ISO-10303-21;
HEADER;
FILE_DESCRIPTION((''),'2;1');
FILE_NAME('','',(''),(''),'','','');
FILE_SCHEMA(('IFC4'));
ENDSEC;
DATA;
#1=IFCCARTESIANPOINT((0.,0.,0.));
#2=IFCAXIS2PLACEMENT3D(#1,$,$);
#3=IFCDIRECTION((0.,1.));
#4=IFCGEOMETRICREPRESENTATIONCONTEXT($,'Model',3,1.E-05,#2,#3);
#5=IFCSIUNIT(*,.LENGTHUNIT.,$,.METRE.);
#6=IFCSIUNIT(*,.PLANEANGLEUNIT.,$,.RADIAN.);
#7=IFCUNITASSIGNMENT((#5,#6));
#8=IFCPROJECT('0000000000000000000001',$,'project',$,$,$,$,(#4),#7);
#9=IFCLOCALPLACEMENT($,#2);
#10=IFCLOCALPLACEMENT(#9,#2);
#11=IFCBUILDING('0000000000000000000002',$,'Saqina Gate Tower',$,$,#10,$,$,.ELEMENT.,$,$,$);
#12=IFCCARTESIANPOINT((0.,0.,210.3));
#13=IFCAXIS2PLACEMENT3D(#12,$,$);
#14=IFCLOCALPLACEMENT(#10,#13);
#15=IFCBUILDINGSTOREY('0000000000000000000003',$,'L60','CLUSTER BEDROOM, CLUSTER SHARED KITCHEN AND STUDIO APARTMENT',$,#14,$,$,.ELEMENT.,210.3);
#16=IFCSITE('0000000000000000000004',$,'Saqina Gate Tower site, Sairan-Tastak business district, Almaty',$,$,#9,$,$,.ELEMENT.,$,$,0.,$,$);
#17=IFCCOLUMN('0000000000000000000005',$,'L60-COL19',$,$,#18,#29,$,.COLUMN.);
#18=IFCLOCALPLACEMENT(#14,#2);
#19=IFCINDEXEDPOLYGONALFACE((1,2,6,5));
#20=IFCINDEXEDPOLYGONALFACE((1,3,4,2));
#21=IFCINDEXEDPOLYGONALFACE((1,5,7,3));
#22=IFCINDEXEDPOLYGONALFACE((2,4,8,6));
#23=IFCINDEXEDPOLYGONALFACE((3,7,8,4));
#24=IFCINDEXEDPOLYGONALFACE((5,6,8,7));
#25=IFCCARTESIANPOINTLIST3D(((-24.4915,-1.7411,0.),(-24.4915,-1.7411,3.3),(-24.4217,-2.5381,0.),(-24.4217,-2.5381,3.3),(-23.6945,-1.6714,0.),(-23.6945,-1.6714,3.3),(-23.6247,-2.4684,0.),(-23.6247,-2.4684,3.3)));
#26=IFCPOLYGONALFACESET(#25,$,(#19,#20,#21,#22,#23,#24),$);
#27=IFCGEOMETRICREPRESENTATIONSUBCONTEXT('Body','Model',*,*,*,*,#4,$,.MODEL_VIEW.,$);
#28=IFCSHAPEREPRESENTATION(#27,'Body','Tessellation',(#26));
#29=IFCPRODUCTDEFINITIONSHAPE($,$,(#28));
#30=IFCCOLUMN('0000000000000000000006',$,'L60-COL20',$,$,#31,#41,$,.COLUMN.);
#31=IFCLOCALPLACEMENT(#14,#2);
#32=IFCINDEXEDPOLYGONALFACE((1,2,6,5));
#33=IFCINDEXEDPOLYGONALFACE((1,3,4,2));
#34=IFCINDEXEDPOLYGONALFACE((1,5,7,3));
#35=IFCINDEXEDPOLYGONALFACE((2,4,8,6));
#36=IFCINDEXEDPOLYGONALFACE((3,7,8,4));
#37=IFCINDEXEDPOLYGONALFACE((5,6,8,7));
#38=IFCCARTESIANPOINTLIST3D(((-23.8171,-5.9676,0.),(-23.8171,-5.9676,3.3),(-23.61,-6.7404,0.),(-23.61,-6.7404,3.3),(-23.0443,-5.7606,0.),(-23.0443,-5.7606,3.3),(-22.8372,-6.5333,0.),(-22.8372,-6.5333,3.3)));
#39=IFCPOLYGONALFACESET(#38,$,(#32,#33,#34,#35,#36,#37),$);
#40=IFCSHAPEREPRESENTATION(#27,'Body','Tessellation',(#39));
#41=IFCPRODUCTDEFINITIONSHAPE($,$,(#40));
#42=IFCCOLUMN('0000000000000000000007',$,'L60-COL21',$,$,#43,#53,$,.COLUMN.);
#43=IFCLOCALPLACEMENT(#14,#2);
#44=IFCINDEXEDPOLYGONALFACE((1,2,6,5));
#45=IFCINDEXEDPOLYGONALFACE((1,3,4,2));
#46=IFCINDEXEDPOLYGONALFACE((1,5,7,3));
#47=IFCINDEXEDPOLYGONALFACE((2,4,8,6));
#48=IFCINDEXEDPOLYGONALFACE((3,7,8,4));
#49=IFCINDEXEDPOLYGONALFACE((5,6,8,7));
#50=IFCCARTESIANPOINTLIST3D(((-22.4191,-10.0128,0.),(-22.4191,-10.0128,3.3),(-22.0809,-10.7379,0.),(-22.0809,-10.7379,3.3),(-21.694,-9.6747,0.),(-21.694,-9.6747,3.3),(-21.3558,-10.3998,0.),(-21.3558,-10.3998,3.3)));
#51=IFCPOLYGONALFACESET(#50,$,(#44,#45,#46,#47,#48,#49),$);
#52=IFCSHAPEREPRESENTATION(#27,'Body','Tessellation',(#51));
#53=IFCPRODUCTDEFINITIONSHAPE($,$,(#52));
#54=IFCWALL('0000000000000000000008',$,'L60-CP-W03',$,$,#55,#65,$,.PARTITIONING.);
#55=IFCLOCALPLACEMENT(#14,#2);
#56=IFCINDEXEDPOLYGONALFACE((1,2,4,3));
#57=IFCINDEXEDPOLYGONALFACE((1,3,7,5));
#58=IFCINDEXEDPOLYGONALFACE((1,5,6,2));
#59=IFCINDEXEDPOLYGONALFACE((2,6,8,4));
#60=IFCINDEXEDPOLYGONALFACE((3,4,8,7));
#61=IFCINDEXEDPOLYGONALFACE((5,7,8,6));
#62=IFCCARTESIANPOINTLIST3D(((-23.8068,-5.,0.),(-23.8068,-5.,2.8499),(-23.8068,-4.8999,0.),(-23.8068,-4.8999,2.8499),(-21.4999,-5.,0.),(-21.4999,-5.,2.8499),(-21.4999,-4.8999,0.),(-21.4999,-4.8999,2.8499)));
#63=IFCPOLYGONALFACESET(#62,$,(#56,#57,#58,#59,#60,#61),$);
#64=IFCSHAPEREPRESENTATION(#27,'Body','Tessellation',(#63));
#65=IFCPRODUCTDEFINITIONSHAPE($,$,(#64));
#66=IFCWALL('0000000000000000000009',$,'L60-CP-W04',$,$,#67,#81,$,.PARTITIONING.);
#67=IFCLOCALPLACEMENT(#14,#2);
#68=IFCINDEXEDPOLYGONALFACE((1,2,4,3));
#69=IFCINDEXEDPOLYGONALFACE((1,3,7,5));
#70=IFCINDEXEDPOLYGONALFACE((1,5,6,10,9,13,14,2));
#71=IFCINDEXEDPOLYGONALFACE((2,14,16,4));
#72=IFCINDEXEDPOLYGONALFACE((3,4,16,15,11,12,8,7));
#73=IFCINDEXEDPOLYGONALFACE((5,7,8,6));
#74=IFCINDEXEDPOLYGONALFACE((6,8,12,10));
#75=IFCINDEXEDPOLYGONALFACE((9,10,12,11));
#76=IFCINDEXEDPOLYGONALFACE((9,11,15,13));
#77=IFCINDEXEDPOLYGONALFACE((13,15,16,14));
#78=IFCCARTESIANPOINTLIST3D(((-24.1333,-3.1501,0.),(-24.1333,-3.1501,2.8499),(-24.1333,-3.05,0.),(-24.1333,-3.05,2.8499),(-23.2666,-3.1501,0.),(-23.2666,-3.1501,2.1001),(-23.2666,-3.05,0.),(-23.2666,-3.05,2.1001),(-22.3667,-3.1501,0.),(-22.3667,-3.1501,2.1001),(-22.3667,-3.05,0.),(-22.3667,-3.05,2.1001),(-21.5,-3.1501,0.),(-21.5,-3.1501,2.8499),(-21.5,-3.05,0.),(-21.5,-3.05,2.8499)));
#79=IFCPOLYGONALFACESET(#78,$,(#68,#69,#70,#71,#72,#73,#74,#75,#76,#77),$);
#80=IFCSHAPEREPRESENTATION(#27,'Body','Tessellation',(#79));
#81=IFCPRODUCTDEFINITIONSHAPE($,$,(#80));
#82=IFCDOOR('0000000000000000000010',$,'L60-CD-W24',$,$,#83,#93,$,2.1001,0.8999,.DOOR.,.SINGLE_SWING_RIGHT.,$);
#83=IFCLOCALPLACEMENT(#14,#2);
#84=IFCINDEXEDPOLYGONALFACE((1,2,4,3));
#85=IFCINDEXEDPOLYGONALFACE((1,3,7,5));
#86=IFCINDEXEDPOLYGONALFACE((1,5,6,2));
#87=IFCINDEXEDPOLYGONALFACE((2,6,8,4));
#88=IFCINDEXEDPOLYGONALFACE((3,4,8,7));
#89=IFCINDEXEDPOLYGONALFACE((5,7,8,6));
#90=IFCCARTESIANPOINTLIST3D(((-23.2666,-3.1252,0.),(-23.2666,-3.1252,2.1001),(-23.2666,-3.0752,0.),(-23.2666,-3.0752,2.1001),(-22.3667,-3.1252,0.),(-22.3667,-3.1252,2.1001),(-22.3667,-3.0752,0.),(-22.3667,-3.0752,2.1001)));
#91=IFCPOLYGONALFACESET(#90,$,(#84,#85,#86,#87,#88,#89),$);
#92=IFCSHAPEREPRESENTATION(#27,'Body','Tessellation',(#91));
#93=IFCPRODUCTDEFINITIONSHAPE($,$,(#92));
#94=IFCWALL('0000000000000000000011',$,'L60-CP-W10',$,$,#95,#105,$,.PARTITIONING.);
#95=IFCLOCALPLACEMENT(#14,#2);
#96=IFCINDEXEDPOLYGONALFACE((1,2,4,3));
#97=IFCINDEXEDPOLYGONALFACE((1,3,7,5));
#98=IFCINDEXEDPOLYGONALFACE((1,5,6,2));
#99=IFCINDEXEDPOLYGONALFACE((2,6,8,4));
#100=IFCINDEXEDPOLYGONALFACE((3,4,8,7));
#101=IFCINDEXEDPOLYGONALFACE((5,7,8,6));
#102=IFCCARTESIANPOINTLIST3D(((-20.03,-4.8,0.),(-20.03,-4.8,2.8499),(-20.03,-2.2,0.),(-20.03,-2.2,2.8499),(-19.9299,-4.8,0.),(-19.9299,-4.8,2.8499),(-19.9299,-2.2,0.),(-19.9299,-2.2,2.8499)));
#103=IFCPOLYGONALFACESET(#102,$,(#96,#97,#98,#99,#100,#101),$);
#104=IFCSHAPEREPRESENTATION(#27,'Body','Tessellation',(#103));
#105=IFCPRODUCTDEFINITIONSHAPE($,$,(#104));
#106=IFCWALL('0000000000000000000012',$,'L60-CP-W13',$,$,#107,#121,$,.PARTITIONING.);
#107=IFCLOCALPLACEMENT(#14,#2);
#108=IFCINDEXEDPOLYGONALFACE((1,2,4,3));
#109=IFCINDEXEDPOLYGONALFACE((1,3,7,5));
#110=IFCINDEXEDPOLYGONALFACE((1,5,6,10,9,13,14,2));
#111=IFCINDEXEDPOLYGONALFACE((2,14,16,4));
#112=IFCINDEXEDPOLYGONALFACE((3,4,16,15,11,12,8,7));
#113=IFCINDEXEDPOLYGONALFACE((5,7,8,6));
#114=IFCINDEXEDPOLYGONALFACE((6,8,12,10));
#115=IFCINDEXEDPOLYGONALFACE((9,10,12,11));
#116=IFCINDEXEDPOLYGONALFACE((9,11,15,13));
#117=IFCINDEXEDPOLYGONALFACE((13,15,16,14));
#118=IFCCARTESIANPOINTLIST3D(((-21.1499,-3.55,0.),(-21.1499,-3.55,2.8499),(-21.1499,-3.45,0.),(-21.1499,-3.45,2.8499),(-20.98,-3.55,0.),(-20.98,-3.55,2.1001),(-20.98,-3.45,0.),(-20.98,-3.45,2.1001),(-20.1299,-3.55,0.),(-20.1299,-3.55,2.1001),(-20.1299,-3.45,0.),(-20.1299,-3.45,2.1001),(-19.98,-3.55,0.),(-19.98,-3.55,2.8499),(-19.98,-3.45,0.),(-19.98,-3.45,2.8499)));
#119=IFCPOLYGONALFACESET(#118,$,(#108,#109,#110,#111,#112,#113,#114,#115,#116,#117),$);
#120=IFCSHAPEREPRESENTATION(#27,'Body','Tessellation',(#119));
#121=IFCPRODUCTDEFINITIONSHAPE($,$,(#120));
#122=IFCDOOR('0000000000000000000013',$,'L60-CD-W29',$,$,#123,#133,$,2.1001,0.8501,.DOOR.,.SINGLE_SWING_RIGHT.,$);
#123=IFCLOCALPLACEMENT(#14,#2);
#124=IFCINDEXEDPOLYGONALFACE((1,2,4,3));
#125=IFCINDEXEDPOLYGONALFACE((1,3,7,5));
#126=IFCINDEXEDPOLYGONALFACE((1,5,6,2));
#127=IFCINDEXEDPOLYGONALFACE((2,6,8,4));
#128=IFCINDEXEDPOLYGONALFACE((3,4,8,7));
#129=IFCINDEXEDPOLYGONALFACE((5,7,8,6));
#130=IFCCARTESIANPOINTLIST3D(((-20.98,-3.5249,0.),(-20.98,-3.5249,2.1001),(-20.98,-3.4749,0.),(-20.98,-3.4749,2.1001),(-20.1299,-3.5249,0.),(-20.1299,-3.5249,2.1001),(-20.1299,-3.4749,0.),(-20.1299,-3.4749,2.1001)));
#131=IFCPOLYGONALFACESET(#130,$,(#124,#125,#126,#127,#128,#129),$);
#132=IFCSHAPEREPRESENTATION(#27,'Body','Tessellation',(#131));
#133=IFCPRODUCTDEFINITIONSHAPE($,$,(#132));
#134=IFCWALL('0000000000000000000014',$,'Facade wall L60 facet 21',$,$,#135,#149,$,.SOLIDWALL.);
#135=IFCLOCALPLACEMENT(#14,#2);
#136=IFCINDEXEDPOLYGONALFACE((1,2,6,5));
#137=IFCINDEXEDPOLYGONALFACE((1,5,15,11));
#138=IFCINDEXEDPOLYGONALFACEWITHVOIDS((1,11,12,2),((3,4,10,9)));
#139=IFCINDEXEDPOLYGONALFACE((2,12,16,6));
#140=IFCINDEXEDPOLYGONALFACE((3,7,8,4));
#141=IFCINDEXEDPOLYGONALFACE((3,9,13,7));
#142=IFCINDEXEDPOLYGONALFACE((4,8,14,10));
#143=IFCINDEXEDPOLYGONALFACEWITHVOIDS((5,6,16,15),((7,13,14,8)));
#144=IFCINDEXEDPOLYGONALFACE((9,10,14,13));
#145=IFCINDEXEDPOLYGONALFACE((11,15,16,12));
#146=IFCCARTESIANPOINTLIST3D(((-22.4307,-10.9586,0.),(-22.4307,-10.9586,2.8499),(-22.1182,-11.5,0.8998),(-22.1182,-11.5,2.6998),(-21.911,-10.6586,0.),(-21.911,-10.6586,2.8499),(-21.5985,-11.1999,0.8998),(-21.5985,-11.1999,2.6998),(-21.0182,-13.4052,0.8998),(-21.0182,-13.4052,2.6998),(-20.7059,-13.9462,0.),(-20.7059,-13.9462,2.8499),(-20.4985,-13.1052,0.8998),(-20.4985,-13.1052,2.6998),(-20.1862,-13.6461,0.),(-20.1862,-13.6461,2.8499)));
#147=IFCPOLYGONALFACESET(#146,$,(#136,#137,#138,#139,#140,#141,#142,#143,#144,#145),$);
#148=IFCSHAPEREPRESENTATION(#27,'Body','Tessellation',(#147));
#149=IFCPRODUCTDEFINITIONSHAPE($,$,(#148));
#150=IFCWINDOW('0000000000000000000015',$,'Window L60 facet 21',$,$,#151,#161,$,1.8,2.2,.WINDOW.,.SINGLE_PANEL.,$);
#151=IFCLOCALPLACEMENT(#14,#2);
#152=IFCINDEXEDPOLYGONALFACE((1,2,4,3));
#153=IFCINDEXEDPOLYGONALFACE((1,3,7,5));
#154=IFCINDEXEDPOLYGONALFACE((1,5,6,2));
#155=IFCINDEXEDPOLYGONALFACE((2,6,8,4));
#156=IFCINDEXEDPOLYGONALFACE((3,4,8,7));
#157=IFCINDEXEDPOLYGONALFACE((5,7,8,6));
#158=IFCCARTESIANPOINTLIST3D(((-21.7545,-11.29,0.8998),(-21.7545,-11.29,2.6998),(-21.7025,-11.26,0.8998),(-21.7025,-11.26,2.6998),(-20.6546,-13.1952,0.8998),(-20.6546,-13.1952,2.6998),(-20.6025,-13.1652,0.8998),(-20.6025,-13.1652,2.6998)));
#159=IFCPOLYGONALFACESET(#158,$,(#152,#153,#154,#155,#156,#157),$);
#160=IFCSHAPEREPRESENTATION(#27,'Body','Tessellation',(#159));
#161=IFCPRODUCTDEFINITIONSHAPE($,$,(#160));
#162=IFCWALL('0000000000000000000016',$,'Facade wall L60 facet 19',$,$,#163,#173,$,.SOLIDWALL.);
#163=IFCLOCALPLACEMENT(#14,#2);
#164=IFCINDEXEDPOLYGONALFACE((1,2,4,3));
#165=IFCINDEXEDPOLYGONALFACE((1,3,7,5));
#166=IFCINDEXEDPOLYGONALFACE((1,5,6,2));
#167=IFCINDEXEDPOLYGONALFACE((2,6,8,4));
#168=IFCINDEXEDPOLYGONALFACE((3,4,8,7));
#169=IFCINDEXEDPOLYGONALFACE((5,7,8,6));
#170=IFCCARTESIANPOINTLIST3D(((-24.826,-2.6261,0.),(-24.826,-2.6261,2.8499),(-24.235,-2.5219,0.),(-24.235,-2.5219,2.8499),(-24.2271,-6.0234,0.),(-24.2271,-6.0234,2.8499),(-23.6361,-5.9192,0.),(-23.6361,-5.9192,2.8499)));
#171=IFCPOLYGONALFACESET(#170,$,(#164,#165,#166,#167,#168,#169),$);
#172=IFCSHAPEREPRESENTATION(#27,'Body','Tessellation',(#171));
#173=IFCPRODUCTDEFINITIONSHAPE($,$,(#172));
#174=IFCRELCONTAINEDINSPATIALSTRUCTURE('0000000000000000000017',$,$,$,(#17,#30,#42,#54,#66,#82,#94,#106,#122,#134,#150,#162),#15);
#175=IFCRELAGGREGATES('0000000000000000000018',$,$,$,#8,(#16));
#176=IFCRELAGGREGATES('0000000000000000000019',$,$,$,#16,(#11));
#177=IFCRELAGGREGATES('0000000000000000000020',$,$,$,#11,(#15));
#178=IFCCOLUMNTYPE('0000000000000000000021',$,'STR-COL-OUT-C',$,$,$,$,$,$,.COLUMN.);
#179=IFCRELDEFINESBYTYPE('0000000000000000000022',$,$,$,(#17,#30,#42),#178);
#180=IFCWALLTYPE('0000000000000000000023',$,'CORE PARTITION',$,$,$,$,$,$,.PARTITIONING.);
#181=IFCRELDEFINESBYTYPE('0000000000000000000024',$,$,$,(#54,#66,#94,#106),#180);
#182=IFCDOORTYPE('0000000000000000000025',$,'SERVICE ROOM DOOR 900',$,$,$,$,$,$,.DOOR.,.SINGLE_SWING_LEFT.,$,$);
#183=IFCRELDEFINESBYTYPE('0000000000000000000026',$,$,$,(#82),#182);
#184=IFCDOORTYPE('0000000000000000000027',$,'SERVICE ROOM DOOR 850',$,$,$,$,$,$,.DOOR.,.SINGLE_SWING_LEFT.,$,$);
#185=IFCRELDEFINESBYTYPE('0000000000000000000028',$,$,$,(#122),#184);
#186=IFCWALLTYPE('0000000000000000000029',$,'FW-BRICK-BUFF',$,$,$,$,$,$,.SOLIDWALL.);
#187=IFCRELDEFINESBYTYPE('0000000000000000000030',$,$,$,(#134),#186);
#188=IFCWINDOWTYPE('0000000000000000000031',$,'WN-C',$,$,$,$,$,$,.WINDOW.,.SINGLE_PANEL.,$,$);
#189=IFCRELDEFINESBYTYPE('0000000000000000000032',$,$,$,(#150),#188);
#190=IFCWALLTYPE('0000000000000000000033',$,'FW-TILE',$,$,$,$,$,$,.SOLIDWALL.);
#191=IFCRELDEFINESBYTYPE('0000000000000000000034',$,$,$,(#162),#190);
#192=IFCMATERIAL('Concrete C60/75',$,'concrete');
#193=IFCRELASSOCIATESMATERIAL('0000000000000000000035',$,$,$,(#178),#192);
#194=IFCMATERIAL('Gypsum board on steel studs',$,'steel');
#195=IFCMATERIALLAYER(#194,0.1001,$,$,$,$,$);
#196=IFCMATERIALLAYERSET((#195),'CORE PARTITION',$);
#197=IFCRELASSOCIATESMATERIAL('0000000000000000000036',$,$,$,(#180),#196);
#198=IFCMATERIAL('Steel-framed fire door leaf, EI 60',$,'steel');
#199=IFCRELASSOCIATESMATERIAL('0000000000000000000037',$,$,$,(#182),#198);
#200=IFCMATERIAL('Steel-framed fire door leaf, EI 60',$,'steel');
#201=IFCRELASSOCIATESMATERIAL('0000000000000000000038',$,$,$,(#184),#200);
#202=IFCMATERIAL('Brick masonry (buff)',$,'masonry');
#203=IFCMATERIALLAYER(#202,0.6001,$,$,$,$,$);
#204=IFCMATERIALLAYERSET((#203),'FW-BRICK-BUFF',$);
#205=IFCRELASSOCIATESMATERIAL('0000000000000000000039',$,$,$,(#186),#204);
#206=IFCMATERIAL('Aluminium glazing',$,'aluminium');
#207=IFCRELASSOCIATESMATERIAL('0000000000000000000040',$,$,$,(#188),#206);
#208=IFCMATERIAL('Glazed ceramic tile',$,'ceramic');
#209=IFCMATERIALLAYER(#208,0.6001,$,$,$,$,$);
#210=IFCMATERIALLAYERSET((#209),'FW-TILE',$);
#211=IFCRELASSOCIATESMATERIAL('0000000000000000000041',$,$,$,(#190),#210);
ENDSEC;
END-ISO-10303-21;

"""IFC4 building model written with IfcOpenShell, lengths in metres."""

from ifc_helpers import new_model, si_unit, direction, frame, frame_2d, origin, origin_2d, place, context, subcontext, project, spatial, rectangle, extrude, material, layer, layer_set, material_profile, profile_set, type_object, element, fill, save


model = new_model("IFC4")

# Units and contexts
model_context = context("Model", 3, precision=1e-05, world=origin(), true_north=direction((0.0, 1.0)))
body_context = subcontext(model_context, "Body", "Model", "MODEL_VIEW")
ifc_project = project(units=[si_unit("LENGTHUNIT", "METRE"), si_unit("PLANEANGLEUNIT", "RADIAN")], contexts=[model_context])

# Site, building, storey
site_placement = place(None, origin())
site = spatial("IfcSite", under=ifc_project, at=site_placement, Name="Saqina Gate Tower site, Sairan-Tastak business district, Almaty", CompositionType="ELEMENT", RefElevation=0.0)
building_placement = place(site_placement, origin())
building = spatial("IfcBuilding", under=site, at=building_placement, Name="Saqina Gate Tower", CompositionType="ELEMENT")
storey_placement = place(building_placement, frame((0.0, 0.0, 210.3)))
storey = spatial("IfcBuildingStorey", under=building, at=storey_placement, Name="L60", Description="CLUSTER BEDROOM, CLUSTER SHARED KITCHEN AND STUDIO APARTMENT", CompositionType="ELEMENT", Elevation=210.3)

# Columns
ifc_material_1 = material(Name="Concrete C60/75", Category="concrete")
ifc_material_profile = material_profile(ifc_material_1, rectangle(XDim=0.8, YDim=0.8, at=origin_2d()), Name="RC 800x800")
ifc_profile_set = profile_set([ifc_material_profile], Name="Concrete C60/75")
column_type = type_object("IfcColumnType", Name="STR-COL-OUT-C", PredefinedType="COLUMN", material=ifc_profile_set)
for number, where, z_axis, x_axis, name in (
    (1, (-24.0581, -2.1047, 0.0), (0.0, 0.0, 1.0), (-0.996195, -0.087156, 0.0), "L60-COL19"),
    (2, (-23.3271, -6.2505, 0.0), (0.0, 0.0, 1.0), (-0.965926, -0.258819, 0.0), "L60-COL20"),
    (3, (-21.8875, -10.2063, 0.0), (0.0, 0.0, 1.0), (-0.906308, -0.422618, 0.0), "L60-COL21"),
):
    element("IfcColumn", number, at=place(storey_placement, frame(where, z_axis=z_axis, x_axis=x_axis)), inside=storey, type_object=column_type, Name=name, PredefinedType="COLUMN", context=body_context, shape_type="SweptSolid", body=[
        extrude(rectangle(XDim=0.8, YDim=0.8, at=origin_2d()), origin(), (0.0, 0.0, 1.0), 3.3),
    ])

# Wall
ifc_material_2 = material(Name="Gypsum board on steel studs", Category="steel")
ifc_layer_1 = layer(ifc_material_2, 0.1001)
ifc_layer_set_1 = layer_set([ifc_layer_1], Name="CORE PARTITION")
wall_type_1 = type_object("IfcWallType", Name="CORE PARTITION", PredefinedType="PARTITIONING", material=ifc_layer_set_1)
wall_1_placement = place(storey_placement, frame((-21.5, -4.95, 0.0), z_axis=(0.0, 0.0, 1.0), x_axis=(-1.0, 0.0, 0.0)))
element("IfcWall", 4, at=wall_1_placement, inside=storey, type_object=wall_type_1, Name="L60-CP-W03", PredefinedType="PARTITIONING", context=body_context, shape_type="SweptSolid", body=[
    extrude(rectangle(XDim=2.3069, YDim=0.1001, at=frame_2d((1.1533, 0.0))), origin(), (0.0, 0.0, 1.0), 2.8499),
])

# Wall, opening, door
wall_2_placement = place(storey_placement, frame((-21.5, -3.1001, 0.0), z_axis=(0.0, 0.0, 1.0), x_axis=(-1.0, 0.0, 0.0)))
wall_2 = element("IfcWall", 5, at=wall_2_placement, inside=storey, type_object=wall_type_1, Name="L60-CP-W04", PredefinedType="PARTITIONING", context=body_context, shape_type="SweptSolid", body=[
    extrude(rectangle(XDim=2.6333, YDim=0.1001, at=frame_2d((1.3167, 0.0))), origin(), (0.0, 0.0, 1.0), 2.8499),
])
opening_1_placement = place(wall_2_placement, frame((0.8667, 0.0, 0.0)))
opening_1 = element("IfcOpeningElement", 6, at=opening_1_placement, cuts=wall_2, PredefinedType="OPENING", context=body_context, shape_type="SweptSolid", body=[
    extrude(rectangle(XDim=0.8999, YDim=2.1001, at=frame_2d((0.45, 1.05))), frame((0.0, 0.062, 0.0), z_axis=(0.0, -1.0, 0.0), x_axis=(1.0, 0.0, 0.0)), (0.0, 0.0, 1.0), 0.124),
])
ifc_material_3 = material(Name="Steel-framed fire door leaf, EI 60", Category="steel")
door_type_1 = type_object("IfcDoorType", Name="SERVICE ROOM DOOR 900", OperationType="SINGLE_SWING_LEFT", PredefinedType="DOOR", material=ifc_material_3)
door_1_placement = place(opening_1_placement, frame((0.8999, 0.0, 0.0), z_axis=(0.0, 0.0, 1.0), x_axis=(-1.0, 0.0, 0.0)))
door_1 = element("IfcDoor", 7, at=door_1_placement, inside=storey, type_object=door_type_1, Name="L60-CD-W24", OperationType="SINGLE_SWING_RIGHT", OverallHeight=2.1001, OverallWidth=0.8999, PredefinedType="DOOR", context=body_context, shape_type="SweptSolid", body=[
    extrude(rectangle(XDim=0.8999, YDim=2.1001, at=frame_2d((0.45, 1.05))), frame((0.0, 0.0249, 0.0), z_axis=(0.0, -1.0, 0.0), x_axis=(1.0, 0.0, 0.0)), (0.0, 0.0, 1.0), 0.05),
])
fill(opening_1, door_1)

# Wall
wall_3_placement = place(storey_placement, frame((-19.98, -4.8, 0.0), z_axis=(0.0, 0.0, 1.0), x_axis=(0.0, 1.0, 0.0)))
element("IfcWall", 8, at=wall_3_placement, inside=storey, type_object=wall_type_1, Name="L60-CP-W10", PredefinedType="PARTITIONING", context=body_context, shape_type="SweptSolid", body=[
    extrude(rectangle(XDim=2.6001, YDim=0.1001, at=frame_2d((1.3, 0.0))), origin(), (0.0, 0.0, 1.0), 2.8499),
])

# Wall, opening, door
wall_4_placement = place(storey_placement, frame((-19.98, -3.5, 0.0), z_axis=(0.0, 0.0, 1.0), x_axis=(-1.0, 0.0, 0.0)))
wall_4 = element("IfcWall", 9, at=wall_4_placement, inside=storey, type_object=wall_type_1, Name="L60-CP-W13", PredefinedType="PARTITIONING", context=body_context, shape_type="SweptSolid", body=[
    extrude(rectangle(XDim=1.1699, YDim=0.1001, at=frame_2d((0.585, 0.0))), origin(), (0.0, 0.0, 1.0), 2.8499),
])
opening_2_placement = place(wall_4_placement, frame((0.1499, 0.0, 0.0)))
opening_2 = element("IfcOpeningElement", 10, at=opening_2_placement, cuts=wall_4, PredefinedType="OPENING", context=body_context, shape_type="SweptSolid", body=[
    extrude(rectangle(XDim=0.8501, YDim=2.1001, at=frame_2d((0.425, 1.05))), frame((0.0, 0.062, 0.0), z_axis=(0.0, -1.0, 0.0), x_axis=(1.0, 0.0, 0.0)), (0.0, 0.0, 1.0), 0.124),
])
ifc_material_4 = material(Name="Steel-framed fire door leaf, EI 60", Category="steel")
door_type_2 = type_object("IfcDoorType", Name="SERVICE ROOM DOOR 850", OperationType="SINGLE_SWING_LEFT", PredefinedType="DOOR", material=ifc_material_4)
door_2_placement = place(opening_2_placement, origin())
door_2 = element("IfcDoor", 11, at=door_2_placement, inside=storey, type_object=door_type_2, Name="L60-CD-W29", OperationType="SINGLE_SWING_RIGHT", OverallHeight=2.1001, OverallWidth=0.8501, PredefinedType="DOOR", context=body_context, shape_type="SweptSolid", body=[
    extrude(rectangle(XDim=0.8501, YDim=2.1001, at=frame_2d((0.425, 1.05))), frame((0.0, 0.0249, 0.0), z_axis=(0.0, -1.0, 0.0), x_axis=(1.0, 0.0, 0.0)), (0.0, 0.0, 1.0), 0.05),
])
fill(opening_2, door_2)

# Wall, opening, window
ifc_material_5 = material(Name="Brick masonry (buff)", Category="masonry")
ifc_layer_2 = layer(ifc_material_5, 0.6001)
ifc_layer_set_2 = layer_set([ifc_layer_2], Name="FW-BRICK-BUFF")
wall_type_2 = type_object("IfcWallType", Name="FW-BRICK-BUFF", PredefinedType="SOLIDWALL", material=ifc_layer_set_2)
wall_5_placement = place(storey_placement, frame((-22.1709, -10.8086, 0.0), z_axis=(0.0, 0.0, 1.0), x_axis=(0.499998, -0.866026, 0.0)))
wall_5 = element("IfcWall", 12, at=wall_5_placement, inside=storey, type_object=wall_type_2, Name="Facade wall L60 facet 21", PredefinedType="SOLIDWALL", context=body_context, shape_type="SweptSolid", body=[
    extrude(rectangle(XDim=3.4497, YDim=0.6001, at=frame_2d((1.7249, 0.0))), origin(), (0.0, 0.0, 1.0), 2.8499),
])
opening_3_placement = place(wall_5_placement, frame((0.625, 0.0, 0.8999)))
opening_3 = element("IfcOpeningElement", 13, at=opening_3_placement, cuts=wall_5, PredefinedType="OPENING", context=body_context, shape_type="SweptSolid", body=[
    extrude(rectangle(XDim=2.2, YDim=1.8, at=frame_2d((1.1001, 0.8999))), frame((0.0, 0.312, 0.0), z_axis=(0.0, -1.0, 0.0), x_axis=(1.0, 0.0, 0.0)), (0.0, 0.0, 1.0), 0.624),
])
ifc_material_6 = material(Name="Aluminium glazing", Category="aluminium")
window_type = type_object("IfcWindowType", Name="WN-C", PartitioningType="SINGLE_PANEL", PredefinedType="WINDOW", material=ifc_material_6)
window_placement = place(opening_3_placement, origin())
window = element("IfcWindow", 14, at=window_placement, inside=storey, type_object=window_type, Name="Window L60 facet 21", OverallHeight=1.8, OverallWidth=2.2, PartitioningType="SINGLE_PANEL", PredefinedType="WINDOW", context=body_context, shape_type="SweptSolid", body=[
    extrude(rectangle(XDim=2.2, YDim=1.8, at=frame_2d((1.1001, 0.8999))), frame((0.0, 0.1799, 0.0), z_axis=(0.0, -1.0, 0.0), x_axis=(1.0, 0.0, 0.0)), (0.0, 0.0, 1.0), 0.0601),
])
fill(opening_3, window)

# Wall
ifc_material_7 = material(Name="Glazed ceramic tile", Category="ceramic")
ifc_layer_3 = layer(ifc_material_7, 0.6001)
ifc_layer_set_3 = layer_set([ifc_layer_3], Name="FW-TILE")
wall_type_3 = type_object("IfcWallType", Name="FW-TILE", PredefinedType="SOLIDWALL", material=ifc_layer_set_3)
wall_6_placement = place(storey_placement, frame((-24.5305, -2.574, 0.0), z_axis=(0.0, 0.0, 1.0), x_axis=(0.173608, -0.984815, 0.0)))
element("IfcWall", 15, at=wall_6_placement, inside=storey, type_object=wall_type_3, Name="Facade wall L60 facet 19", PredefinedType="SOLIDWALL", context=body_context, shape_type="SweptSolid", body=[
    extrude(rectangle(XDim=3.4497, YDim=0.6001, at=frame_2d((1.7249, 0.0))), origin(), (0.0, 0.0, 1.0), 2.8499),
])

save(model, "model.ifc")
